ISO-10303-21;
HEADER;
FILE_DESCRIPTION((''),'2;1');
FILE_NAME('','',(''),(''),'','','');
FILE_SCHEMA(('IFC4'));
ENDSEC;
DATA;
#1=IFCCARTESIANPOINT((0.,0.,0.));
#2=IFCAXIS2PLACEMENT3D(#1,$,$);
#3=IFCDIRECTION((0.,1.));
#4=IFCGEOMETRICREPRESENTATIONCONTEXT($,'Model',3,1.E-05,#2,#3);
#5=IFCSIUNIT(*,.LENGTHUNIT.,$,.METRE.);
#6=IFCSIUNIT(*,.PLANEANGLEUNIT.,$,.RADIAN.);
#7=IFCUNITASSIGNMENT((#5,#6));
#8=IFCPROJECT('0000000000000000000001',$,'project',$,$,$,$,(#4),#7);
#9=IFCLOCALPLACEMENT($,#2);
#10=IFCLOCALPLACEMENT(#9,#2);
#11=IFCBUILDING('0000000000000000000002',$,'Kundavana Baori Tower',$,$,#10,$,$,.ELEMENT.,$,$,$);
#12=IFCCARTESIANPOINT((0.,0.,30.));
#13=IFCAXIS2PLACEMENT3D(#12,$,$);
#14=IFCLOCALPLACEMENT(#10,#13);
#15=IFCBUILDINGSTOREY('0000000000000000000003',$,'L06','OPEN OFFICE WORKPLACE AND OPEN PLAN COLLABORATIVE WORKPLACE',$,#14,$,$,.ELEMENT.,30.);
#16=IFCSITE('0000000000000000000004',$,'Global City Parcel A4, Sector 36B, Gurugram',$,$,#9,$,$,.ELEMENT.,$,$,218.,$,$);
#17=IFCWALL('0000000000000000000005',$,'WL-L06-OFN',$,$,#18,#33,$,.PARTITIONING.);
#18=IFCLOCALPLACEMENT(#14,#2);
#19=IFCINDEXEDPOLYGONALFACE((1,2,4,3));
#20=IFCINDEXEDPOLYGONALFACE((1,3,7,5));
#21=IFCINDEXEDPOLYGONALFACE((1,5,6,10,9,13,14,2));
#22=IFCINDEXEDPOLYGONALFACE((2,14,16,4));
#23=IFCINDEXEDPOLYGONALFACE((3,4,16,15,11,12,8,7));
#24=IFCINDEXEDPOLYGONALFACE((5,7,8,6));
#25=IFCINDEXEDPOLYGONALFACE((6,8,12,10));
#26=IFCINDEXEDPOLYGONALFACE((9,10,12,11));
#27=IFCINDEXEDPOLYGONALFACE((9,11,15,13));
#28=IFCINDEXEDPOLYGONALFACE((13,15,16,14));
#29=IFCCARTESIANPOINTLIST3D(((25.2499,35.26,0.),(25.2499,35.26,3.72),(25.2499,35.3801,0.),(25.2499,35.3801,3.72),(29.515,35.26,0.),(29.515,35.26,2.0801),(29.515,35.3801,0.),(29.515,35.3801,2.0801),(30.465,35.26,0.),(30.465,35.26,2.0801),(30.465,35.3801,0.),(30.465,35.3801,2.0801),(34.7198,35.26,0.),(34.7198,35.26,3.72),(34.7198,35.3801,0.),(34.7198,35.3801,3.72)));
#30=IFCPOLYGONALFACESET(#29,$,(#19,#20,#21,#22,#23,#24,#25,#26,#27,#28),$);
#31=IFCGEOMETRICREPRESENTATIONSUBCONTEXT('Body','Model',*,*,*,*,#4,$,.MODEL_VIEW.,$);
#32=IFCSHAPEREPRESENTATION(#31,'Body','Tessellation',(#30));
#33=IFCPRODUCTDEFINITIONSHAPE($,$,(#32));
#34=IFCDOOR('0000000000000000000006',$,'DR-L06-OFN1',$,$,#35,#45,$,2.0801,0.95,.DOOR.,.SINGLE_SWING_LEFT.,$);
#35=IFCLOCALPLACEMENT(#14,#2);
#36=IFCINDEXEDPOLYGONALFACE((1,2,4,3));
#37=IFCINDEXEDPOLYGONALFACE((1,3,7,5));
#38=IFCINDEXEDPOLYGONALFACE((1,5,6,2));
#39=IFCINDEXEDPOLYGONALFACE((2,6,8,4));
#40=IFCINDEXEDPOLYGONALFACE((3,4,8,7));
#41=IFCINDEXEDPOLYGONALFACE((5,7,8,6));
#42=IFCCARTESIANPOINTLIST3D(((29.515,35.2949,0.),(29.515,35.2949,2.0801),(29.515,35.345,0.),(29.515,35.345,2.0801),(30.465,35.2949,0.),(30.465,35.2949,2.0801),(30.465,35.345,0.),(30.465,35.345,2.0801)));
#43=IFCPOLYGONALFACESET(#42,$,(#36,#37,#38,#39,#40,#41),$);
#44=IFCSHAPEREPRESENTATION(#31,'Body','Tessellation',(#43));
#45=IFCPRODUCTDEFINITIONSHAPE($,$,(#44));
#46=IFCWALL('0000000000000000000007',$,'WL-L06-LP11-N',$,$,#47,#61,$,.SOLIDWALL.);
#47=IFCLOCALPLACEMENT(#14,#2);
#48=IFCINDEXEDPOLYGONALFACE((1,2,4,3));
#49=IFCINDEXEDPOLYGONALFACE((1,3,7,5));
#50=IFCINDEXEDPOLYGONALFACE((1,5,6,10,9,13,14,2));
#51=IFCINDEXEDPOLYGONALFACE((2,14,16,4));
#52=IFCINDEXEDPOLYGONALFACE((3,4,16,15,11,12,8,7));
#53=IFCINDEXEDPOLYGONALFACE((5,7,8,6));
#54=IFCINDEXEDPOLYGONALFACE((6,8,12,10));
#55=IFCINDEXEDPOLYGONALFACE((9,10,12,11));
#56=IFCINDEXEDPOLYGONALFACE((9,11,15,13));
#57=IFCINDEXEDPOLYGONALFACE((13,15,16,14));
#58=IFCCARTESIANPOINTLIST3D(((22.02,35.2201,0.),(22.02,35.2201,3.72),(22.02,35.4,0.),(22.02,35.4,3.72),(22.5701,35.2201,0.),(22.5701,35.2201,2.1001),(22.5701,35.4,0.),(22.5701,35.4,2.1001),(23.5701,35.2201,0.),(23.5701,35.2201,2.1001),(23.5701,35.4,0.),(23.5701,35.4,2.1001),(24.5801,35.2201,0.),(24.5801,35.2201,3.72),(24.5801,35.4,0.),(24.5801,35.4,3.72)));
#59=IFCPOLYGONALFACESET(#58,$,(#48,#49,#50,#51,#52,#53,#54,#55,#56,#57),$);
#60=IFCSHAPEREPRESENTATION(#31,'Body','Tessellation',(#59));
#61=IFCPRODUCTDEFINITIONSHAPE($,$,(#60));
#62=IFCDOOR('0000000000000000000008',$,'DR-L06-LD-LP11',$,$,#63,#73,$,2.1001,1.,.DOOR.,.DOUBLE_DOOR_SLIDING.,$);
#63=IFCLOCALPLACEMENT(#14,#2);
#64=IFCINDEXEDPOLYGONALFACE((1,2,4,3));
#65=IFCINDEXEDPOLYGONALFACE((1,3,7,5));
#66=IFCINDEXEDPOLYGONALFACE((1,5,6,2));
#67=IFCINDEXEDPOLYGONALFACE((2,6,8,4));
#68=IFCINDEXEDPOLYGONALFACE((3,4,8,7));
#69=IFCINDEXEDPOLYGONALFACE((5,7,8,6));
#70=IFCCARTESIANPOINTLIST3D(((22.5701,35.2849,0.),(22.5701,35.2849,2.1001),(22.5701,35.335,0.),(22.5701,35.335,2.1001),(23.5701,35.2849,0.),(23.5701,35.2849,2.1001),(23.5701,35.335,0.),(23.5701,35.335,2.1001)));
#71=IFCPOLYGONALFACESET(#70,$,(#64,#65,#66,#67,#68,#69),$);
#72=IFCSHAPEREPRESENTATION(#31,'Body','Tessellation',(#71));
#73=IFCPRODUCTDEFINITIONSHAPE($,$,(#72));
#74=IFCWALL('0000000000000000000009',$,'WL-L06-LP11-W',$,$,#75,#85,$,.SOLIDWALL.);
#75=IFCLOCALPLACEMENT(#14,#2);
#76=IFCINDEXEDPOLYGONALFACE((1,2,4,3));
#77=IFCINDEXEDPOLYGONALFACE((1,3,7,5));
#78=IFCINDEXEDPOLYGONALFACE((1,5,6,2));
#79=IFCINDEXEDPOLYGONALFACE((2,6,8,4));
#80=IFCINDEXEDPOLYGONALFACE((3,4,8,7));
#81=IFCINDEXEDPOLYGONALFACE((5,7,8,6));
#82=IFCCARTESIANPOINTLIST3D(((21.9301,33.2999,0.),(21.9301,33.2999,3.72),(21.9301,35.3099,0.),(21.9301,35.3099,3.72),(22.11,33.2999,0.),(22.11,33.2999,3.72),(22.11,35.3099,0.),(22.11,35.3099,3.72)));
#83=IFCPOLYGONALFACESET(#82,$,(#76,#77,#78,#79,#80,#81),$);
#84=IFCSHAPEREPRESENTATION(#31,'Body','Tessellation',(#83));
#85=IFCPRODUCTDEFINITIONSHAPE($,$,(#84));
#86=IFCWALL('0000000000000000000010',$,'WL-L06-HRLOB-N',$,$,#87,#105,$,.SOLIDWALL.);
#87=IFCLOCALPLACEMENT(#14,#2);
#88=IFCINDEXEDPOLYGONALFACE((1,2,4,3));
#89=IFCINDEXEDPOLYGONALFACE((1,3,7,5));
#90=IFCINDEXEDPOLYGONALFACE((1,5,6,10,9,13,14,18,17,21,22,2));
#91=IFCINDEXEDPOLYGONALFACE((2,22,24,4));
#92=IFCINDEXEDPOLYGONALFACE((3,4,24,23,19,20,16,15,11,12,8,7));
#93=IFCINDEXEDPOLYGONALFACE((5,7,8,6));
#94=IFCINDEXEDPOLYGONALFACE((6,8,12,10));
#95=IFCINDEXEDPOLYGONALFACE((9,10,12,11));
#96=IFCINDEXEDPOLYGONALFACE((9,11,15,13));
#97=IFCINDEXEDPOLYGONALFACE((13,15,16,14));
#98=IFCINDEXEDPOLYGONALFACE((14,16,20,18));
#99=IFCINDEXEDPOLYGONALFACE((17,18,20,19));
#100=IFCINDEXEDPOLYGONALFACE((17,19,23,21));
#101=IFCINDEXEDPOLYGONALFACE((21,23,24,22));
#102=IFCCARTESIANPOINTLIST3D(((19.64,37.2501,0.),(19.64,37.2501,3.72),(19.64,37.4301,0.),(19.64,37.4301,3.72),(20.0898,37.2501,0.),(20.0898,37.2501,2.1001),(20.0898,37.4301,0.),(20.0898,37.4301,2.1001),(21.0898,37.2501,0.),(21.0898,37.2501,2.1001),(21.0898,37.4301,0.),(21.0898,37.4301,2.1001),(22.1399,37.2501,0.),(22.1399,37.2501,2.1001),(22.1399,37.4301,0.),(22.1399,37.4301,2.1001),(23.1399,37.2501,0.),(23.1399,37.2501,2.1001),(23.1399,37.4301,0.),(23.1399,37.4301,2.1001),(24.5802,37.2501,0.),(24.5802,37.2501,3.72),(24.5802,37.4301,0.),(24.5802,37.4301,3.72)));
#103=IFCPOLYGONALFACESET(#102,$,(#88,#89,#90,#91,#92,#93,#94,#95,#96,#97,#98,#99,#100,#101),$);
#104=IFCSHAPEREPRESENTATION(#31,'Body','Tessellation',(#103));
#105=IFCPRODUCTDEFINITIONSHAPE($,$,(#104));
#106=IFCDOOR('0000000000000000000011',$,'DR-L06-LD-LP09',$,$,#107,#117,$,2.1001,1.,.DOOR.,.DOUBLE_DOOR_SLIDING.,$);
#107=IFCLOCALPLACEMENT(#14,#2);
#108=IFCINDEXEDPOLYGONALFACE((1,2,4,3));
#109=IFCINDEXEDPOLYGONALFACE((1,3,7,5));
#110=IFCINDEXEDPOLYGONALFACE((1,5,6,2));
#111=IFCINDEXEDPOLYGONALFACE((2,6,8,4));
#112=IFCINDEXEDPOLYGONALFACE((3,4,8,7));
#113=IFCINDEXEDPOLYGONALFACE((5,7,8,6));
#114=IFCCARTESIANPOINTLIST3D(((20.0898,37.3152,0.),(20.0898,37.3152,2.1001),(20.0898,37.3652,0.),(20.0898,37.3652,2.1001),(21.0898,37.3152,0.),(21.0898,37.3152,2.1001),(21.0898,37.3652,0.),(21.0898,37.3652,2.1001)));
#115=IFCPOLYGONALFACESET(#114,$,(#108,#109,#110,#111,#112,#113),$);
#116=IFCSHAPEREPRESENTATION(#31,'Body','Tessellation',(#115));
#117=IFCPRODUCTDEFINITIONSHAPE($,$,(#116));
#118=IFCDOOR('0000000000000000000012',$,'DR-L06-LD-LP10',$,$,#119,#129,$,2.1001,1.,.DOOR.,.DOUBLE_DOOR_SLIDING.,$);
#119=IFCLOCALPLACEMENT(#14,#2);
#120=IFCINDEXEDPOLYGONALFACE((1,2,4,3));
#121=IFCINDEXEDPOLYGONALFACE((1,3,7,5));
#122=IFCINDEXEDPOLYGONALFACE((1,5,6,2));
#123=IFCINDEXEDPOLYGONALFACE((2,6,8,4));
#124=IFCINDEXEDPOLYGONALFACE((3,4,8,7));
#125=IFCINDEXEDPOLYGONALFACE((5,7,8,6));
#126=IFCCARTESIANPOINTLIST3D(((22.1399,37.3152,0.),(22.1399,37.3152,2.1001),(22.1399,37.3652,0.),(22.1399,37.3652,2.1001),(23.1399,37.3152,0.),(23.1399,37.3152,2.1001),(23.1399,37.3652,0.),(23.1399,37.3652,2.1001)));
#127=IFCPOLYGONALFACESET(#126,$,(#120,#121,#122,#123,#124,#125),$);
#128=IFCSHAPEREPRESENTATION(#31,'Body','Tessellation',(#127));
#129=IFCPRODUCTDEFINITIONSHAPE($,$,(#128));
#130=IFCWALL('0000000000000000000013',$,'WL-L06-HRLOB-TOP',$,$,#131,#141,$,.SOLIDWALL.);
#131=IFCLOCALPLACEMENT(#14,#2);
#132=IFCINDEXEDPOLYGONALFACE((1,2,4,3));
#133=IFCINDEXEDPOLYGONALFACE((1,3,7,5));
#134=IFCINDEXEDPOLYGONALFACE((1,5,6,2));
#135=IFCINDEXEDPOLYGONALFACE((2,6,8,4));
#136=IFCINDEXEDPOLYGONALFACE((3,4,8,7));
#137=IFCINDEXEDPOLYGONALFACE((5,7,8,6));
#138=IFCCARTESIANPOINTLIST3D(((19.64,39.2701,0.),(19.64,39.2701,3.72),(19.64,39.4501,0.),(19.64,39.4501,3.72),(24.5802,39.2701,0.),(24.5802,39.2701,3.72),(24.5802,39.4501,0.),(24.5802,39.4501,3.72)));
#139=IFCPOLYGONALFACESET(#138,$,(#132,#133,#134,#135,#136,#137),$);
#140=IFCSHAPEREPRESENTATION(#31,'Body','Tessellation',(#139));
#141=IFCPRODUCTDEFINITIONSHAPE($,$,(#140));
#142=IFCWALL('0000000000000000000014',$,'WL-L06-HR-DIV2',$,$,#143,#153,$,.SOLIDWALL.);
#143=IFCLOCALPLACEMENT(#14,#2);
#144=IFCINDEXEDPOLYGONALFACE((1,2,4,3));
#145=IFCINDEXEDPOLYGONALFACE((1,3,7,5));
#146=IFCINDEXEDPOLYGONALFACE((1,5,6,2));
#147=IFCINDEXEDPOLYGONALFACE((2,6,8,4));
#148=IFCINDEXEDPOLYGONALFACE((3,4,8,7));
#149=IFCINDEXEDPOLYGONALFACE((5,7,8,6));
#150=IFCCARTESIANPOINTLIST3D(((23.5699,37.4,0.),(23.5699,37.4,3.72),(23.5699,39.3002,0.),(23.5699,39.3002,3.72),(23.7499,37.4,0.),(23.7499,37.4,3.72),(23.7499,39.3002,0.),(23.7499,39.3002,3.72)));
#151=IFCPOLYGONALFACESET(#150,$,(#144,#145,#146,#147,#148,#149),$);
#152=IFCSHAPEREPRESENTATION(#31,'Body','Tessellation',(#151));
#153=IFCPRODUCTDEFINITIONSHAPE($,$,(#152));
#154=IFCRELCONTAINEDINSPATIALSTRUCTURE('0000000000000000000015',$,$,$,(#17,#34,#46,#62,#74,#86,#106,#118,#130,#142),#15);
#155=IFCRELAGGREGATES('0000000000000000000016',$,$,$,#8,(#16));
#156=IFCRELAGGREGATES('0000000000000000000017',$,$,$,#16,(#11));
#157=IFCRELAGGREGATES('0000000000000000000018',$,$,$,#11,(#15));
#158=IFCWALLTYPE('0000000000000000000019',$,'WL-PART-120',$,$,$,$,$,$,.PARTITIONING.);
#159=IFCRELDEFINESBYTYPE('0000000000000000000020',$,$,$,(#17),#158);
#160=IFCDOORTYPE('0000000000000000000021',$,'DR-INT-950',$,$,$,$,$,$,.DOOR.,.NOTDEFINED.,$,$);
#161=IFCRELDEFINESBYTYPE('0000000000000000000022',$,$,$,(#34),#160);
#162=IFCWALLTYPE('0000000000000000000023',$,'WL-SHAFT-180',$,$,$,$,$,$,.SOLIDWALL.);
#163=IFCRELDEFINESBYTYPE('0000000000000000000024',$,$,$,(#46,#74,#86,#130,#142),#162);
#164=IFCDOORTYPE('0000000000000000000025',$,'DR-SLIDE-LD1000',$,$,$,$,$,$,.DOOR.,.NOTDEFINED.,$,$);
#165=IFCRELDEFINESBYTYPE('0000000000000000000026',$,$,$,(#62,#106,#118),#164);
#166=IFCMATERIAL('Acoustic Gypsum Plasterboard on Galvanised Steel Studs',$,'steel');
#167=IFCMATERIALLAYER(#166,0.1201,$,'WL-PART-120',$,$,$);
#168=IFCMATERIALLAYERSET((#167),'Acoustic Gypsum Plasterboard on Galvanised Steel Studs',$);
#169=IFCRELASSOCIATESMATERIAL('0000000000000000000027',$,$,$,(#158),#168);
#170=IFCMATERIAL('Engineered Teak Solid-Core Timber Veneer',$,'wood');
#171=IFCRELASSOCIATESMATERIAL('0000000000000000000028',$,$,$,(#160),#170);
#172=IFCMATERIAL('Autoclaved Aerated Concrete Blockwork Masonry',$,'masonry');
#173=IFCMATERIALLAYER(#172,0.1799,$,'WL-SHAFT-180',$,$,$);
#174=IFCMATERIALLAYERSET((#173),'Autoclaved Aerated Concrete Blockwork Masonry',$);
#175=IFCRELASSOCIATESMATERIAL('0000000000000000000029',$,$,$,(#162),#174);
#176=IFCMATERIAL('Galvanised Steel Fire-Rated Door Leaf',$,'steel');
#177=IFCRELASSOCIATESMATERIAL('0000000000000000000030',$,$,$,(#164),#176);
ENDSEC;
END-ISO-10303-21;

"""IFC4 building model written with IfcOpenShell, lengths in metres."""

from ifc_helpers import new_model, si_unit, direction, frame, frame_2d, origin, place, context, subcontext, project, spatial, rectangle, extrude, material, layer, layer_set, type_object, element, fill, save


model = new_model("IFC4")

# Units and contexts
model_context = context("Model", 3, precision=1e-05, world=origin(), true_north=direction((0.0, 1.0)))
body_context = subcontext(model_context, "Body", "Model", "MODEL_VIEW")
ifc_project = project(units=[si_unit("LENGTHUNIT", "METRE"), si_unit("PLANEANGLEUNIT", "RADIAN")], contexts=[model_context])

# Site, building, storey
site_placement = place(None, origin())
site = spatial("IfcSite", under=ifc_project, at=site_placement, Name="Global City Parcel A4, Sector 36B, Gurugram", CompositionType="ELEMENT", RefElevation=218.0)
building_placement = place(site_placement, origin())
building = spatial("IfcBuilding", under=site, at=building_placement, Name="Kundavana Baori Tower", CompositionType="ELEMENT")
storey_placement = place(building_placement, frame((0.0, 0.0, 30.0)))
storey = spatial("IfcBuildingStorey", under=building, at=storey_placement, Name="L06", Description="OPEN OFFICE WORKPLACE AND OPEN PLAN COLLABORATIVE WORKPLACE", CompositionType="ELEMENT", Elevation=30.0)

# Shared definitions
ifc_material_1 = material(Name="Acoustic Gypsum Plasterboard on Galvanised Steel Studs", Category="steel")
ifc_layer_1 = layer(ifc_material_1, 0.1201, Name="WL-PART-120")
ifc_layer_set_1 = layer_set([ifc_layer_1], Name="Acoustic Gypsum Plasterboard on Galvanised Steel Studs")
wall_type_1 = type_object("IfcWallType", Name="WL-PART-120", PredefinedType="PARTITIONING", material=ifc_layer_set_1)

# Walls, openings, doors
wall_1_placement = place(storey_placement, frame((25.25, 35.3201, 0.0), z_axis=(0.0, 0.0, 1.0), x_axis=(1.0, 0.0, 0.0)))
wall_1 = element("IfcWall", 1, at=wall_1_placement, inside=storey, type_object=wall_type_1, Name="WL-L06-OFN", PredefinedType="PARTITIONING", context=body_context, shape_type="SweptSolid", body=[
    extrude(rectangle(XDim=9.47, YDim=0.1201, at=frame_2d((4.7349, 0.0))), origin(), (0.0, 0.0, 1.0), 3.72),
])
opening_1_placement = place(wall_1_placement, frame((4.2649, 0.0, 0.0)))
opening_1 = element("IfcOpeningElement", 2, at=opening_1_placement, cuts=wall_1, PredefinedType="OPENING", context=body_context, shape_type="SweptSolid", body=[
    extrude(rectangle(XDim=0.95, YDim=2.0801, at=frame_2d((0.4751, 1.04))), frame((0.0, 0.0701, 0.0), z_axis=(0.0, -1.0, 0.0), x_axis=(1.0, 0.0, 0.0)), (0.0, 0.0, 1.0), 0.1401),
])
ifc_material_2 = material(Name="Engineered Teak Solid-Core Timber Veneer", Category="wood")
door_type_1 = type_object("IfcDoorType", Name="DR-INT-950", OperationType="NOTDEFINED", PredefinedType="DOOR", material=ifc_material_2)
door_1_placement = place(opening_1_placement, origin())
door_1 = element("IfcDoor", 3, at=door_1_placement, inside=storey, type_object=door_type_1, Name="DR-L06-OFN1", OperationType="SINGLE_SWING_LEFT", OverallHeight=2.0801, OverallWidth=0.95, PredefinedType="DOOR", context=body_context, shape_type="SweptSolid", body=[
    extrude(rectangle(XDim=0.95, YDim=2.0801, at=frame_2d((0.4751, 1.04))), frame((0.0, 0.0249, 0.0), z_axis=(0.0, -1.0, 0.0), x_axis=(1.0, 0.0, 0.0)), (0.0, 0.0, 1.0), 0.05),
])
fill(opening_1, door_1)
ifc_material_3 = material(Name="Autoclaved Aerated Concrete Blockwork Masonry", Category="masonry")
ifc_layer_2 = layer(ifc_material_3, 0.1799, Name="WL-SHAFT-180")
ifc_layer_set_2 = layer_set([ifc_layer_2], Name="Autoclaved Aerated Concrete Blockwork Masonry")
wall_type_2 = type_object("IfcWallType", Name="WL-SHAFT-180", PredefinedType="SOLIDWALL", material=ifc_layer_set_2)
wall_2_placement = place(storey_placement, frame((22.02, 35.3101, 0.0), z_axis=(0.0, 0.0, 1.0), x_axis=(1.0, 0.0, 0.0)))
wall_2 = element("IfcWall", 4, at=wall_2_placement, inside=storey, type_object=wall_type_2, Name="WL-L06-LP11-N", PredefinedType="SOLIDWALL", context=body_context, shape_type="SweptSolid", body=[
    extrude(rectangle(XDim=2.5601, YDim=0.1799, at=frame_2d((1.28, 0.0))), origin(), (0.0, 0.0, 1.0), 3.72),
])
opening_2_placement = place(wall_2_placement, frame((0.55, 0.0, 0.0)))
opening_2 = element("IfcOpeningElement", 5, at=opening_2_placement, cuts=wall_2, PredefinedType="OPENING", context=body_context, shape_type="SweptSolid", body=[
    extrude(rectangle(XDim=1.0, YDim=2.1001, at=frame_2d((0.5, 1.05))), frame((0.0, 0.1001, 0.0), z_axis=(0.0, -1.0, 0.0), x_axis=(1.0, 0.0, 0.0)), (0.0, 0.0, 1.0), 0.2),
])
ifc_material_4 = material(Name="Galvanised Steel Fire-Rated Door Leaf", Category="steel")
door_type_2 = type_object("IfcDoorType", Name="DR-SLIDE-LD1000", OperationType="NOTDEFINED", PredefinedType="DOOR", material=ifc_material_4)
door_2_placement = place(opening_2_placement, origin())
door_2 = element("IfcDoor", 6, at=door_2_placement, inside=storey, type_object=door_type_2, Name="DR-L06-LD-LP11", OperationType="DOUBLE_DOOR_SLIDING", OverallHeight=2.1001, OverallWidth=1.0, PredefinedType="DOOR", context=body_context, shape_type="SweptSolid", body=[
    extrude(rectangle(XDim=1.0, YDim=2.1001, at=frame_2d((0.5, 1.05))), frame((0.0, 0.0249, 0.0), z_axis=(0.0, -1.0, 0.0), x_axis=(1.0, 0.0, 0.0)), (0.0, 0.0, 1.0), 0.05),
])
fill(opening_2, door_2)

# Wall
wall_3_placement = place(storey_placement, frame((22.02, 33.3, 0.0), z_axis=(0.0, 0.0, 1.0), x_axis=(0.0, 1.0, 0.0)))
element("IfcWall", 7, at=wall_3_placement, inside=storey, type_object=wall_type_2, Name="WL-L06-LP11-W", PredefinedType="SOLIDWALL", context=body_context, shape_type="SweptSolid", body=[
    extrude(rectangle(XDim=2.01, YDim=0.1799, at=frame_2d((1.0049, 0.0))), origin(), (0.0, 0.0, 1.0), 3.72),
])

# Wall, openings, doors
wall_4_placement = place(storey_placement, frame((19.6399, 37.3401, 0.0), z_axis=(0.0, 0.0, 1.0), x_axis=(1.0, 0.0, 0.0)))
wall_4 = element("IfcWall", 8, at=wall_4_placement, inside=storey, type_object=wall_type_2, Name="WL-L06-HRLOB-N", PredefinedType="SOLIDWALL", context=body_context, shape_type="SweptSolid", body=[
    extrude(rectangle(XDim=4.9402, YDim=0.1799, at=frame_2d((2.4702, 0.0))), origin(), (0.0, 0.0, 1.0), 3.72),
])
opening_3_placement = place(wall_4_placement, frame((0.45, 0.0, 0.0)))
opening_3 = element("IfcOpeningElement", 9, at=opening_3_placement, cuts=wall_4, PredefinedType="OPENING", context=body_context, shape_type="SweptSolid", body=[
    extrude(rectangle(XDim=1.0, YDim=2.1001, at=frame_2d((0.5, 1.05))), frame((0.0, 0.1001, 0.0), z_axis=(0.0, -1.0, 0.0), x_axis=(1.0, 0.0, 0.0)), (0.0, 0.0, 1.0), 0.2),
])
opening_4_placement = place(wall_4_placement, frame((2.5, 0.0, 0.0)))
opening_4 = element("IfcOpeningElement", 10, at=opening_4_placement, cuts=wall_4, PredefinedType="OPENING", context=body_context, shape_type="SweptSolid", body=[
    extrude(rectangle(XDim=1.0, YDim=2.1001, at=frame_2d((0.5, 1.05))), frame((0.0, 0.1001, 0.0), z_axis=(0.0, -1.0, 0.0), x_axis=(1.0, 0.0, 0.0)), (0.0, 0.0, 1.0), 0.2),
])
door_3_placement = place(opening_3_placement, frame((1.0, 0.0, 0.0), z_axis=(0.0, 0.0, 1.0), x_axis=(-1.0, 0.0, 0.0)))
door_3 = element("IfcDoor", 11, at=door_3_placement, inside=storey, type_object=door_type_2, Name="DR-L06-LD-LP09", OperationType="DOUBLE_DOOR_SLIDING", OverallHeight=2.1001, OverallWidth=1.0, PredefinedType="DOOR", context=body_context, shape_type="SweptSolid", body=[
    extrude(rectangle(XDim=1.0, YDim=2.1001, at=frame_2d((0.5, 1.05))), frame((0.0, 0.0249, 0.0), z_axis=(0.0, -1.0, 0.0), x_axis=(1.0, 0.0, 0.0)), (0.0, 0.0, 1.0), 0.05),
])
fill(opening_3, door_3)
door_4_placement = place(opening_4_placement, frame((1.0, 0.0, 0.0), z_axis=(0.0, 0.0, 1.0), x_axis=(-1.0, 0.0, 0.0)))
door_4 = element("IfcDoor", 12, at=door_4_placement, inside=storey, type_object=door_type_2, Name="DR-L06-LD-LP10", OperationType="DOUBLE_DOOR_SLIDING", OverallHeight=2.1001, OverallWidth=1.0, PredefinedType="DOOR", context=body_context, shape_type="SweptSolid", body=[
    extrude(rectangle(XDim=1.0, YDim=2.1001, at=frame_2d((0.5, 1.05))), frame((0.0, 0.0249, 0.0), z_axis=(0.0, -1.0, 0.0), x_axis=(1.0, 0.0, 0.0)), (0.0, 0.0, 1.0), 0.05),
])
fill(opening_4, door_4)

# Walls
wall_5_placement = place(storey_placement, frame((19.6399, 39.3601, 0.0), z_axis=(0.0, 0.0, 1.0), x_axis=(1.0, 0.0, 0.0)))
element("IfcWall", 13, at=wall_5_placement, inside=storey, type_object=wall_type_2, Name="WL-L06-HRLOB-TOP", PredefinedType="SOLIDWALL", context=body_context, shape_type="SweptSolid", body=[
    extrude(rectangle(XDim=4.9402, YDim=0.1799, at=frame_2d((2.4702, 0.0))), origin(), (0.0, 0.0, 1.0), 3.72),
])
wall_6_placement = place(storey_placement, frame((23.6599, 37.3999, 0.0), z_axis=(0.0, 0.0, 1.0), x_axis=(0.0, 1.0, 0.0)))
element("IfcWall", 14, at=wall_6_placement, inside=storey, type_object=wall_type_2, Name="WL-L06-HR-DIV2", PredefinedType="SOLIDWALL", context=body_context, shape_type="SweptSolid", body=[
    extrude(rectangle(XDim=1.9001, YDim=0.1799, at=frame_2d((0.9502, 0.0))), origin(), (0.0, 0.0, 1.0), 3.72),
])

save(model, "model.ifc")
